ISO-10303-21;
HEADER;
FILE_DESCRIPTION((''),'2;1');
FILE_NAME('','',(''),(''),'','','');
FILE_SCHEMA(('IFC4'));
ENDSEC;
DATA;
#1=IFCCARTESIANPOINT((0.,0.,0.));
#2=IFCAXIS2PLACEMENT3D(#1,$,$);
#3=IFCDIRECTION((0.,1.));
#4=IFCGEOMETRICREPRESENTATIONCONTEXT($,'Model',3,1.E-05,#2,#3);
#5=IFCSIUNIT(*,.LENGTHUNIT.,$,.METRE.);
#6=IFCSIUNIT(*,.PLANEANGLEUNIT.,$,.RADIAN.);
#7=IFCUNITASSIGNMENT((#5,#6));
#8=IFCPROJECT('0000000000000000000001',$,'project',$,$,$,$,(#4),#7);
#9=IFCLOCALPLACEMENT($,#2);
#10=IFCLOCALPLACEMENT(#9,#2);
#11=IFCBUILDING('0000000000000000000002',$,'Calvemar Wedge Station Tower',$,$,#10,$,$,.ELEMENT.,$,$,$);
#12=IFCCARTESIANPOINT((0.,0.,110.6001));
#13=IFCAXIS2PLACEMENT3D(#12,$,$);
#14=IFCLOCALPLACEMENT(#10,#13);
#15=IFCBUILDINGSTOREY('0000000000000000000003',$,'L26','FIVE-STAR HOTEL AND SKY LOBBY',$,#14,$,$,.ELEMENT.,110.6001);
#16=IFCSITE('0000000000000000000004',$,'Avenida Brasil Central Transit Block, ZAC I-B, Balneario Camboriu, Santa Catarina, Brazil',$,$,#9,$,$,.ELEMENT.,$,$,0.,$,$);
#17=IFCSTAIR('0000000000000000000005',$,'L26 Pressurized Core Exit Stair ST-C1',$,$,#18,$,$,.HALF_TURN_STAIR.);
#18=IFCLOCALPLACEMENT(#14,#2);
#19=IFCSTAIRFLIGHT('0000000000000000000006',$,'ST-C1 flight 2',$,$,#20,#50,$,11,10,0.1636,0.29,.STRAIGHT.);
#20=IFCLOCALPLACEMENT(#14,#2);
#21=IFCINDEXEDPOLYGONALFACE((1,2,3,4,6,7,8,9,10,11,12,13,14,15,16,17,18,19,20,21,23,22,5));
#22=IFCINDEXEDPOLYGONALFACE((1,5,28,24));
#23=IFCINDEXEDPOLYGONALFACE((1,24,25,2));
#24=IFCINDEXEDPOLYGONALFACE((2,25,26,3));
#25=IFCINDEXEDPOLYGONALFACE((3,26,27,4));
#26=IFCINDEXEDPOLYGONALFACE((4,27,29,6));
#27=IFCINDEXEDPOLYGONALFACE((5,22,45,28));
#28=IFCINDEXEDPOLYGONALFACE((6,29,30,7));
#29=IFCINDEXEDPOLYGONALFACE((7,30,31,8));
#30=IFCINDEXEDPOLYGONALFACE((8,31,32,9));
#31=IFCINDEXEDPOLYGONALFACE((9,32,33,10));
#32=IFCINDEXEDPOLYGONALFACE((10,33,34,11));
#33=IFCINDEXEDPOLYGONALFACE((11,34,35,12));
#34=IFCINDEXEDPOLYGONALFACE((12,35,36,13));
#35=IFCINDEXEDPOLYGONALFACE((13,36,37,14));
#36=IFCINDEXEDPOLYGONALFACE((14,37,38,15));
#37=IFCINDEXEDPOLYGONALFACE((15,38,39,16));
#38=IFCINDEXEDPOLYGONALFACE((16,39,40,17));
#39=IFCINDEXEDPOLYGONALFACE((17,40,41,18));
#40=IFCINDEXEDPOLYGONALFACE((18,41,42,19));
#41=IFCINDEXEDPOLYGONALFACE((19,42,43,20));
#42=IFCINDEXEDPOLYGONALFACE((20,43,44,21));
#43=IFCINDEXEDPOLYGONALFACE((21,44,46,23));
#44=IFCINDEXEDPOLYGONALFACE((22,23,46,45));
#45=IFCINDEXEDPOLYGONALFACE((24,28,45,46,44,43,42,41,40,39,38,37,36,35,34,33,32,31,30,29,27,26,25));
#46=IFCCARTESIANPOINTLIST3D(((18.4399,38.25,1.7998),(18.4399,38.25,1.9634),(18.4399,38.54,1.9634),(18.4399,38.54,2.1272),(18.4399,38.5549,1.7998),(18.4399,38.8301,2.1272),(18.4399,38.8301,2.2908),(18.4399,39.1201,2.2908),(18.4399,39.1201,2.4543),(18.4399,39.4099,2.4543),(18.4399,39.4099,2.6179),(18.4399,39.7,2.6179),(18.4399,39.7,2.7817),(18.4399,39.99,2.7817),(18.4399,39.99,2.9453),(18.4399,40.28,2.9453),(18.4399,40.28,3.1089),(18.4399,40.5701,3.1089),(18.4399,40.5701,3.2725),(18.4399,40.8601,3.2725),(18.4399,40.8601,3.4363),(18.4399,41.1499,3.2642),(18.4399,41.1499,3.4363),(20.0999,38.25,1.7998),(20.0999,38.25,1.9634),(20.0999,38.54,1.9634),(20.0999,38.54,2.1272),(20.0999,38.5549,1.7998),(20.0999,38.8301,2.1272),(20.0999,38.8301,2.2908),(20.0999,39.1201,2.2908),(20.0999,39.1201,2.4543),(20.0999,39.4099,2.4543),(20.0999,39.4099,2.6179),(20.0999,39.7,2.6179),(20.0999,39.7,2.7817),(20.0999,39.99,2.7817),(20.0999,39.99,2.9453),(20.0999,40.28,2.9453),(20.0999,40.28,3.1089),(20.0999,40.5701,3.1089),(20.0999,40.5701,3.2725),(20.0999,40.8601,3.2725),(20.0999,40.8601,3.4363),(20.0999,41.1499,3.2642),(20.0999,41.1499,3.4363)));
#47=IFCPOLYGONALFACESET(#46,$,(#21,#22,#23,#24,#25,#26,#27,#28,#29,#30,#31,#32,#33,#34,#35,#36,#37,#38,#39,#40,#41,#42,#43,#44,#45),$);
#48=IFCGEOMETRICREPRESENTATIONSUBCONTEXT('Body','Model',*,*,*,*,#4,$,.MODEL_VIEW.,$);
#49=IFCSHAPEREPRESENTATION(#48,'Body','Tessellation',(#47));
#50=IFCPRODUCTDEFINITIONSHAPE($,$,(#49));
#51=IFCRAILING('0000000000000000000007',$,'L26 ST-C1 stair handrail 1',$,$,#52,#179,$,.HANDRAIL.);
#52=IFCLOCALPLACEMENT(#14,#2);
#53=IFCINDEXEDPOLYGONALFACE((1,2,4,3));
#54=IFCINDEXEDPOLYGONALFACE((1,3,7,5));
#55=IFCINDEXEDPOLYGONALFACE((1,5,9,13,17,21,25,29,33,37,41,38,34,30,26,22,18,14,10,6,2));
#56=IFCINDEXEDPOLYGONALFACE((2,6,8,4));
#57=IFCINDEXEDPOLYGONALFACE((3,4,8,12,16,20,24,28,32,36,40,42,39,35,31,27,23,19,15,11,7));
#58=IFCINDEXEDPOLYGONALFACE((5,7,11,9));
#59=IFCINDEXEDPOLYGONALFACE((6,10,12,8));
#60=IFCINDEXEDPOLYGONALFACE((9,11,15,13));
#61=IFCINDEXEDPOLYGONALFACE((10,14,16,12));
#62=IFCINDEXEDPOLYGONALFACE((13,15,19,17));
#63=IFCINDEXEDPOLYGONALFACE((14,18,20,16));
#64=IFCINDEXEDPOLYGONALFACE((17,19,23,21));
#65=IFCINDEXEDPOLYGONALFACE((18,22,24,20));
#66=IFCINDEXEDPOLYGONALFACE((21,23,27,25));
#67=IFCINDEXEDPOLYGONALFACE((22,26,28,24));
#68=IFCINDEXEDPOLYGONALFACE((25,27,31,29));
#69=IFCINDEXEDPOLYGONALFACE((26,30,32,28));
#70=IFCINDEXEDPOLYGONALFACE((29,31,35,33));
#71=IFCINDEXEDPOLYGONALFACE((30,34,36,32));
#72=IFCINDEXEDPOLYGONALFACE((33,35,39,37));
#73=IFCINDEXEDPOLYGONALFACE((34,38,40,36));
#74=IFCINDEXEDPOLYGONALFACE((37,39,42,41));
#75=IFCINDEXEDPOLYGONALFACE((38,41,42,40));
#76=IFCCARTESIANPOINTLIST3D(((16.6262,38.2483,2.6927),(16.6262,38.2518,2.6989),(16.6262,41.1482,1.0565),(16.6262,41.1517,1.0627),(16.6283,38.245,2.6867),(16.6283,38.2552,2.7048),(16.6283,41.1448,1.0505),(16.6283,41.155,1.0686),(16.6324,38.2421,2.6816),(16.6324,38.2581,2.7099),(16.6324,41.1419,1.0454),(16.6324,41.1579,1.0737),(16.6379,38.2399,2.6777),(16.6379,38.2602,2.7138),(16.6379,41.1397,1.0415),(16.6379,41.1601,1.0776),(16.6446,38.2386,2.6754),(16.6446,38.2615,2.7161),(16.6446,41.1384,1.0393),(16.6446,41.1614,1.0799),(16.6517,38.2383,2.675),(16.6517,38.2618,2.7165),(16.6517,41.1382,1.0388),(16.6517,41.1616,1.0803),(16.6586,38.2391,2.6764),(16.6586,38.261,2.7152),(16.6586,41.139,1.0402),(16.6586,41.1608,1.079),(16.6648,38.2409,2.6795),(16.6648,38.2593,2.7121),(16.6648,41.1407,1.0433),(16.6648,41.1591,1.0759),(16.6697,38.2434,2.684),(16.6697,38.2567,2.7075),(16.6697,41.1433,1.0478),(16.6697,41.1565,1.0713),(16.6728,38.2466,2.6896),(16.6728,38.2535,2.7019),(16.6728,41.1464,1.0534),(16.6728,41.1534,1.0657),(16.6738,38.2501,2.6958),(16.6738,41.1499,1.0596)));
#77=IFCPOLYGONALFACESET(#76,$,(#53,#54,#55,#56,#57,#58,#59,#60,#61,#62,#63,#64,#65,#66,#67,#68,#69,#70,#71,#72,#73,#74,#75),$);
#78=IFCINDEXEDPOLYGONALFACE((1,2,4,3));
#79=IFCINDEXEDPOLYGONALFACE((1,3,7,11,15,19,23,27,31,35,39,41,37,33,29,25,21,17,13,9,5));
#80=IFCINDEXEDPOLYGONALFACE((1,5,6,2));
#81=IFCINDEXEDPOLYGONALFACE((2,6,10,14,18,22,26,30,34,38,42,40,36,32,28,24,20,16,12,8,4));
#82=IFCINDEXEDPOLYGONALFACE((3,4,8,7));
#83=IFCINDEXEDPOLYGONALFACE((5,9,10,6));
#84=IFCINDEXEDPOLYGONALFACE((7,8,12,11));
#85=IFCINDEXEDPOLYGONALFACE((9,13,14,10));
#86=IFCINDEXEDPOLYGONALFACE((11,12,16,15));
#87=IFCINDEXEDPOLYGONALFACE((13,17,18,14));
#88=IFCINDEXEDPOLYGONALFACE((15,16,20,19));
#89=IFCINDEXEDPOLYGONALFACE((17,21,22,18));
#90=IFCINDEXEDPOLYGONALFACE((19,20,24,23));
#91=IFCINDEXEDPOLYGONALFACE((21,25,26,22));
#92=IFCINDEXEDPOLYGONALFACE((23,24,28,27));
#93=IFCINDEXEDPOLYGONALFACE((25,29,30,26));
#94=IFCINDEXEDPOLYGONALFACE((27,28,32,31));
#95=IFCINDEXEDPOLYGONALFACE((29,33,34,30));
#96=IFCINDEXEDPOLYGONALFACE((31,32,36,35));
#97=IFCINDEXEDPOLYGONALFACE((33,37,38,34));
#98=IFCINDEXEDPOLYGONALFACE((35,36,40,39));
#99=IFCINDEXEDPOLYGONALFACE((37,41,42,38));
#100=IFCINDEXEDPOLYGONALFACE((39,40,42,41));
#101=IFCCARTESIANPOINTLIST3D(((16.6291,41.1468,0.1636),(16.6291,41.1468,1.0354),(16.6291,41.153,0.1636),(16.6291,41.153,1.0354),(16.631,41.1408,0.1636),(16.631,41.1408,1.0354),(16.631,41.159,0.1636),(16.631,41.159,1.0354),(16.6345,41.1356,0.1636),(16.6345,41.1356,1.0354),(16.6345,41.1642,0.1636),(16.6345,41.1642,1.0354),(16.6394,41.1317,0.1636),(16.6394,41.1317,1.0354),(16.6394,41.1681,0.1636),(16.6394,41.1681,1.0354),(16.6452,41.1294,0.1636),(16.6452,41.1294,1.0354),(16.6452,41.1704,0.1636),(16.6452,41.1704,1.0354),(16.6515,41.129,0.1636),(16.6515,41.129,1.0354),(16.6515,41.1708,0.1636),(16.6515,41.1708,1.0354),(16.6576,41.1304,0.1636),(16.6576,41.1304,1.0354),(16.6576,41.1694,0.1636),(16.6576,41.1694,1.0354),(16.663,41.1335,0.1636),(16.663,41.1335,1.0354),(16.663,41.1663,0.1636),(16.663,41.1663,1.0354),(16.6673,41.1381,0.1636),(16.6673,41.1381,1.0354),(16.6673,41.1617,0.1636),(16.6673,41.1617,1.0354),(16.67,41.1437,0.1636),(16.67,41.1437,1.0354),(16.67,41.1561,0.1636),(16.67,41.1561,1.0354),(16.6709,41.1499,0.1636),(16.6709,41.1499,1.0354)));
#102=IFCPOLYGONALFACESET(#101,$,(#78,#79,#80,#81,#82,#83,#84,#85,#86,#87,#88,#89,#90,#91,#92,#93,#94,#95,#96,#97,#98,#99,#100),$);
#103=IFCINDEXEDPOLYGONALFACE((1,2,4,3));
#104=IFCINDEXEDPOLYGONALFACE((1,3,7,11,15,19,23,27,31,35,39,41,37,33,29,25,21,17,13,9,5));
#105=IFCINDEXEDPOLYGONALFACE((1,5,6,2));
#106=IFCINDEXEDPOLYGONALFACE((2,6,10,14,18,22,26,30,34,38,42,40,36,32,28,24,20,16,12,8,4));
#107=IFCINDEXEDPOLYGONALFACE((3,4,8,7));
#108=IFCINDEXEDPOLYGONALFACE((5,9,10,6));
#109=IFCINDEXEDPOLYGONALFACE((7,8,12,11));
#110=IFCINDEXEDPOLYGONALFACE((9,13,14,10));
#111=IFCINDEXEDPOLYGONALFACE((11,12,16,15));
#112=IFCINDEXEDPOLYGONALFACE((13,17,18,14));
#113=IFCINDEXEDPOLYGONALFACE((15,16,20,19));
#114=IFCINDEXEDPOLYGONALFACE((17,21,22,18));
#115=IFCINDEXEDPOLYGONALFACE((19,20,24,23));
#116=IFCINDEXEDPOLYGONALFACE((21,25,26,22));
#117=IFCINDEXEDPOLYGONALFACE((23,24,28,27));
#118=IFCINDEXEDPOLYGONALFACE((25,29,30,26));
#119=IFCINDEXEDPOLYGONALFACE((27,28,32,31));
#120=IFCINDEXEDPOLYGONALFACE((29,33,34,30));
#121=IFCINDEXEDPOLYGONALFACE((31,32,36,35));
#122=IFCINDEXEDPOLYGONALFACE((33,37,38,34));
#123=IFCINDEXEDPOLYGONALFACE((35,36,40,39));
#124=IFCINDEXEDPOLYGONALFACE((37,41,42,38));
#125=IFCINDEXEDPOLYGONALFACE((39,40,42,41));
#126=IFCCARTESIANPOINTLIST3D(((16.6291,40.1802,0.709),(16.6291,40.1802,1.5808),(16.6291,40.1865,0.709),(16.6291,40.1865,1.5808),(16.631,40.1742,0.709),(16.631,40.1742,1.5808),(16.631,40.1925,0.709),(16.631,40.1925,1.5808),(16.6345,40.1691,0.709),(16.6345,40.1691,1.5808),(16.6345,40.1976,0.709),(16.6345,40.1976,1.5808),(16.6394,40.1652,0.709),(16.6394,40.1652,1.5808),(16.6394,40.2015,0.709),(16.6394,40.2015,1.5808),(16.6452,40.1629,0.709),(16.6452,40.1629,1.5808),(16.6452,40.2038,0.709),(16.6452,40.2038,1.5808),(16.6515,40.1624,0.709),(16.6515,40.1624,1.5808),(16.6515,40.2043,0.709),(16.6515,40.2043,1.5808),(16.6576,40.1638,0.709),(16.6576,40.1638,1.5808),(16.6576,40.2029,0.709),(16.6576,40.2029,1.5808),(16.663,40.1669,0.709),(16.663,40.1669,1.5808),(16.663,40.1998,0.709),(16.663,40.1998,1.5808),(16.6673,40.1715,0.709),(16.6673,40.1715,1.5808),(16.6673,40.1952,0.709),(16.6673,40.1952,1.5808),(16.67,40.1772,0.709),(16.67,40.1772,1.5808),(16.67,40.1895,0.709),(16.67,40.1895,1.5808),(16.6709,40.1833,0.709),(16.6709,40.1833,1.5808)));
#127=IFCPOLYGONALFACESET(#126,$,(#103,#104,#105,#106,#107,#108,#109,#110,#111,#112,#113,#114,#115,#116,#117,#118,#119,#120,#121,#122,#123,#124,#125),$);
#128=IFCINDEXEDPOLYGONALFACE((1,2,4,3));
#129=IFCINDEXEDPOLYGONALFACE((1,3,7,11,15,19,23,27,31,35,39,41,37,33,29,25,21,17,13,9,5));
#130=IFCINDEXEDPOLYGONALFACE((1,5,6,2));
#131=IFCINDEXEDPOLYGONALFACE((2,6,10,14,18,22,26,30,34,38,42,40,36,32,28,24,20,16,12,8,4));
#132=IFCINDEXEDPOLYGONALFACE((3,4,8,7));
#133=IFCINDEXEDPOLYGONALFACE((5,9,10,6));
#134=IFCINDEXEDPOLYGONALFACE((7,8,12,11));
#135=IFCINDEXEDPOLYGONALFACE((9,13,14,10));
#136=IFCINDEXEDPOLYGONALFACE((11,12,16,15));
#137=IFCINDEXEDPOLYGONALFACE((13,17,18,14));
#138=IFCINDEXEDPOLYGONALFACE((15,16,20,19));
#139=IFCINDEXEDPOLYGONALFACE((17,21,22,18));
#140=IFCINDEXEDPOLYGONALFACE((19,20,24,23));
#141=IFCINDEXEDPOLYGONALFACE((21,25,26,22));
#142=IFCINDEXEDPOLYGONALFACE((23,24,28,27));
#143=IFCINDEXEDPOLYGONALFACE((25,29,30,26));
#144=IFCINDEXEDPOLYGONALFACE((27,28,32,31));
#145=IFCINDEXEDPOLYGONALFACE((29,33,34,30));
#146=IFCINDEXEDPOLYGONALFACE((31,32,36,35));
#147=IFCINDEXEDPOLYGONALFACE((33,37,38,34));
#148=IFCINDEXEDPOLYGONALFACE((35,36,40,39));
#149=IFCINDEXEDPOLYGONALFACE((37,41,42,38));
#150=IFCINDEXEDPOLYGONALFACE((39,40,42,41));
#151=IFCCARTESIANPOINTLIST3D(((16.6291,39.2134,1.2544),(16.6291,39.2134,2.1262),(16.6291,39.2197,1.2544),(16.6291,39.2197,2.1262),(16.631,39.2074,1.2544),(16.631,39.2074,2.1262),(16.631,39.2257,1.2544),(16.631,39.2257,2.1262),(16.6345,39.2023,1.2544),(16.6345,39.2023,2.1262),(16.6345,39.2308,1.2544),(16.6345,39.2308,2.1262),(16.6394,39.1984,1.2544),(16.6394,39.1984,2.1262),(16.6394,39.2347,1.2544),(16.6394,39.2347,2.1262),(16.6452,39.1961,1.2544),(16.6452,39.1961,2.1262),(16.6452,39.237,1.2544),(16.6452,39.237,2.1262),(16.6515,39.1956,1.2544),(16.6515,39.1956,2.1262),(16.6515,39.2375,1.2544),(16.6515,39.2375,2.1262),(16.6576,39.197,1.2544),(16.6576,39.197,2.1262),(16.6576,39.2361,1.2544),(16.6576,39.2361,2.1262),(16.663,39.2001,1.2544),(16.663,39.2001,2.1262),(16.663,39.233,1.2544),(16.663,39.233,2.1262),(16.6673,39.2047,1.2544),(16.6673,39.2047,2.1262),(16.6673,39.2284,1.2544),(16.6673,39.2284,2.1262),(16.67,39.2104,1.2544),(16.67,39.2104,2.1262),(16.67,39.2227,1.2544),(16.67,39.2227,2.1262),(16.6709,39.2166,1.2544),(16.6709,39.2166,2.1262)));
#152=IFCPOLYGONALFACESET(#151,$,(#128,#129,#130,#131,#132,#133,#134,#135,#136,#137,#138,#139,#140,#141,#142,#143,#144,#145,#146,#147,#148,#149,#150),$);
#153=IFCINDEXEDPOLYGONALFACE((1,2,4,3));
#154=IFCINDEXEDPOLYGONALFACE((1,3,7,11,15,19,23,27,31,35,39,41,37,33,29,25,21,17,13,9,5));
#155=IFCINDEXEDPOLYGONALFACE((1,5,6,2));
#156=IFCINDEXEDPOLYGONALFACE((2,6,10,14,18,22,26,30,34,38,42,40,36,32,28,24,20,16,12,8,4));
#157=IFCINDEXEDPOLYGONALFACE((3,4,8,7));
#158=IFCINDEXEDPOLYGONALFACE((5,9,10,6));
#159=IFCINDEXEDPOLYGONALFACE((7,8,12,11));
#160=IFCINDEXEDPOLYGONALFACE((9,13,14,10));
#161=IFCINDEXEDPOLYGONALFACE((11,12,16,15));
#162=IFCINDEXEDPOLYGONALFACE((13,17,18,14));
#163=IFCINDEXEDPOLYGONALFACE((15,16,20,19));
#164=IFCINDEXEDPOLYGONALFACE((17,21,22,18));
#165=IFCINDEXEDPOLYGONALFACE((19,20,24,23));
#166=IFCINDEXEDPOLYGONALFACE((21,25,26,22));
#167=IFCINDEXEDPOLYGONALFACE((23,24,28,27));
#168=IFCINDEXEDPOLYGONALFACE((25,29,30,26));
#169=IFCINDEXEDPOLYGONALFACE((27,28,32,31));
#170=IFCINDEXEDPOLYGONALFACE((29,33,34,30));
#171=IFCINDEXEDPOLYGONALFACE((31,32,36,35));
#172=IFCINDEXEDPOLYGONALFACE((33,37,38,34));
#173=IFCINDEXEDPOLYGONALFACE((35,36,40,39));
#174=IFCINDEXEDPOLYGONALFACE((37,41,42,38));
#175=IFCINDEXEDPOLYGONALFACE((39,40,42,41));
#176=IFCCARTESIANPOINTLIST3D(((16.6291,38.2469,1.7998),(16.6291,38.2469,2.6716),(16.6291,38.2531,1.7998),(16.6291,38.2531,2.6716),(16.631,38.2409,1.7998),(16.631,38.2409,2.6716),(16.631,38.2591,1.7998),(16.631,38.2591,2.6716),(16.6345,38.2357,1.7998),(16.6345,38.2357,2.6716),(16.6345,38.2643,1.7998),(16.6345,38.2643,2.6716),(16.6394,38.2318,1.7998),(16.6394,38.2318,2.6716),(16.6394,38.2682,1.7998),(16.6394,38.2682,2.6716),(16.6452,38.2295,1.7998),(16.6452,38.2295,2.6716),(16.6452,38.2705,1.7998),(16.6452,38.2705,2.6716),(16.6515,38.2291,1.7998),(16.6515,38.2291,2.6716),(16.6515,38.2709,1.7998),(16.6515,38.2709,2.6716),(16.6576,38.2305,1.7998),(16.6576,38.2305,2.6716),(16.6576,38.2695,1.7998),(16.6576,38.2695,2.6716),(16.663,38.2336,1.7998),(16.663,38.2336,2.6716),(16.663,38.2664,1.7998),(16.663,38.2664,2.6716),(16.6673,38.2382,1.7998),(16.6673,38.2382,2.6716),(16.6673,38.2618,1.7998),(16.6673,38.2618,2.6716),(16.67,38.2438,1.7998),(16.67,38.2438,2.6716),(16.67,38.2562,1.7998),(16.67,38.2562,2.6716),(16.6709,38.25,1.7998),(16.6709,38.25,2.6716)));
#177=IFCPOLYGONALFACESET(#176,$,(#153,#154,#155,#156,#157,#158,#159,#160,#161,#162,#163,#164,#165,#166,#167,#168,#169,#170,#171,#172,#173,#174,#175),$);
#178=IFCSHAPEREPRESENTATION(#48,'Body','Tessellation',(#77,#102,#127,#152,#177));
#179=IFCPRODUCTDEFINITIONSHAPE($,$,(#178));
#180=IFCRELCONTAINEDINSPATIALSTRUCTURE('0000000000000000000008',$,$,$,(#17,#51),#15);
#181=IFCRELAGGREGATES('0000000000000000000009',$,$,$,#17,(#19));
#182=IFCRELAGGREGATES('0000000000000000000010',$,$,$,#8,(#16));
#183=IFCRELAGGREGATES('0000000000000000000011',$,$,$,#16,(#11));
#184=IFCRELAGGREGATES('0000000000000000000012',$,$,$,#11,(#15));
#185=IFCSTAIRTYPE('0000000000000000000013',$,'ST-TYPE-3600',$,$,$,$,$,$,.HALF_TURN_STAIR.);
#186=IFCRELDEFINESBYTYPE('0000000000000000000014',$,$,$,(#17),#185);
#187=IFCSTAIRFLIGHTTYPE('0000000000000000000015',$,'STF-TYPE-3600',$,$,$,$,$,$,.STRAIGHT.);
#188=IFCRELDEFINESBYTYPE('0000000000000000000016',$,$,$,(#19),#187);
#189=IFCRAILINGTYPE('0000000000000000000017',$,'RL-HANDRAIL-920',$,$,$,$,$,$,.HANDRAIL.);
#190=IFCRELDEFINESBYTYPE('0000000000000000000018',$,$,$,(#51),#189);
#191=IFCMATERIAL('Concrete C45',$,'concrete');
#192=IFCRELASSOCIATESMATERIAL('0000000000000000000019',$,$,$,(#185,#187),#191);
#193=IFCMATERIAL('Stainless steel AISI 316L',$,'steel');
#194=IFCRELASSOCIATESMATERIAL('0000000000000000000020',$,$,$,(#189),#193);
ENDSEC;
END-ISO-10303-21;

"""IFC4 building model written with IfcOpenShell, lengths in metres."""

from ifc_helpers import new_model, si_unit, direction, frame, origin, origin_2d, place, context, subcontext, project, spatial, polyline, circle, outline, extrude, material, type_object, element, aggregate, save


model = new_model("IFC4")

# Units and contexts
model_context = context("Model", 3, precision=1e-05, world=origin(), true_north=direction((0.0, 1.0)))
body_context = subcontext(model_context, "Body", "Model", "MODEL_VIEW")
ifc_project = project(units=[si_unit("LENGTHUNIT", "METRE"), si_unit("PLANEANGLEUNIT", "RADIAN")], contexts=[model_context])

# Site, building, storey
site_placement = place(None, origin())
site = spatial("IfcSite", under=ifc_project, at=site_placement, Name="Avenida Brasil Central Transit Block, ZAC I-B, Balneario Camboriu, Santa Catarina, Brazil", CompositionType="ELEMENT", RefElevation=0.0)
building_placement = place(site_placement, origin())
building = spatial("IfcBuilding", under=site, at=building_placement, Name="Calvemar Wedge Station Tower", CompositionType="ELEMENT")
storey_placement = place(building_placement, frame((0.0, 0.0, 110.6001)))
storey = spatial("IfcBuildingStorey", under=building, at=storey_placement, Name="L26", Description="FIVE-STAR HOTEL AND SKY LOBBY", CompositionType="ELEMENT", Elevation=110.6001)

# Stair, stair flight
ifc_material_1 = material(Name="Concrete C45", Category="concrete")
stair_type = type_object("IfcStairType", Name="ST-TYPE-3600", PredefinedType="HALF_TURN_STAIR", material=ifc_material_1)
stair_placement = place(storey_placement, origin())
stair = element("IfcStair", 1, at=stair_placement, inside=storey, type_object=stair_type, Name="L26 Pressurized Core Exit Stair ST-C1", PredefinedType="HALF_TURN_STAIR")
stair_flight_type = type_object("IfcStairFlightType", Name="STF-TYPE-3600", PredefinedType="STRAIGHT", material=ifc_material_1)
stair_flight_1_placement = place(storey_placement, frame((19.27, 38.25, 1.7998), z_axis=(0.0, 0.0, 1.0), x_axis=(0.0, 1.0, 0.0)))
stair_flight_1 = element("IfcStairFlight", 2, at=stair_flight_1_placement, type_object=stair_flight_type, Name="ST-C1 flight 2", NumberOfRisers=11, NumberOfTreads=10, PredefinedType="STRAIGHT", RiserHeight=0.1636, TreadLength=0.29, context=body_context, shape_type="SweptSolid", body=[
    extrude(outline(polyline([(0.0, 0.0), (0.0, 0.1636), (0.29, 0.1636), (0.29, 0.3274), (0.5801, 0.3274), (0.5801, 0.491), (0.8701, 0.491), (0.8701, 0.6545), (1.1599, 0.6545), (1.1599, 0.8181), (1.45, 0.8181), (1.45, 0.9819), (1.74, 0.9819), (1.74, 1.1455), (2.03, 1.1455), (2.03, 1.3091), (2.3201, 1.3091), (2.3201, 1.4727), (2.6101, 1.4727), (2.6101, 1.6365), (2.8999, 1.6365), (2.8999, 1.8), (2.8999, 1.4644), (0.3049, 0.0), (0.0, 0.0)])), frame((0.0, 0.8301, 0.0), z_axis=(0.0, -1.0, 0.0), x_axis=(1.0, 0.0, 0.0)), (0.0, 0.0, 1.0), 1.6599),
])
aggregate(stair, [stair_flight_1])

# Railing
ifc_material_2 = material(Name="Stainless steel AISI 316L", Category="steel")
railing_type_1 = type_object("IfcRailingType", Name="RL-HANDRAIL-920", PredefinedType="HANDRAIL", material=ifc_material_2)
railing_1_placement = place(storey_placement, frame((16.6499, 41.1499, 0.1636)))
element("IfcRailing", 3, at=railing_1_placement, inside=storey, type_object=railing_type_1, Name="L26 ST-C1 stair handrail 1", PredefinedType="HANDRAIL", context=body_context, shape_type="SweptSolid", body=[
    extrude(circle(Radius=0.0239, at=origin_2d()), frame((0.0, 0.0, 0.896), z_axis=(0.0, -0.870929, 0.49141), x_axis=(1.0, 0.0, 0.0)), (0.0, 0.0, 1.0), 3.3296),
    extrude(circle(Radius=0.021, at=origin_2d()), origin(), (0.0, 0.0, 1.0), 0.8718),
    extrude(circle(Radius=0.021, at=origin_2d()), frame((0.0, -0.9666, 0.5454)), (0.0, 0.0, 1.0), 0.8718),
    extrude(circle(Radius=0.021, at=origin_2d()), frame((0.0, -1.9333, 1.0908)), (0.0, 0.0, 1.0), 0.8718),
    extrude(circle(Radius=0.021, at=origin_2d()), frame((0.0, -2.8999, 1.6362)), (0.0, 0.0, 1.0), 0.8718),
])

save(model, "model.ifc")
